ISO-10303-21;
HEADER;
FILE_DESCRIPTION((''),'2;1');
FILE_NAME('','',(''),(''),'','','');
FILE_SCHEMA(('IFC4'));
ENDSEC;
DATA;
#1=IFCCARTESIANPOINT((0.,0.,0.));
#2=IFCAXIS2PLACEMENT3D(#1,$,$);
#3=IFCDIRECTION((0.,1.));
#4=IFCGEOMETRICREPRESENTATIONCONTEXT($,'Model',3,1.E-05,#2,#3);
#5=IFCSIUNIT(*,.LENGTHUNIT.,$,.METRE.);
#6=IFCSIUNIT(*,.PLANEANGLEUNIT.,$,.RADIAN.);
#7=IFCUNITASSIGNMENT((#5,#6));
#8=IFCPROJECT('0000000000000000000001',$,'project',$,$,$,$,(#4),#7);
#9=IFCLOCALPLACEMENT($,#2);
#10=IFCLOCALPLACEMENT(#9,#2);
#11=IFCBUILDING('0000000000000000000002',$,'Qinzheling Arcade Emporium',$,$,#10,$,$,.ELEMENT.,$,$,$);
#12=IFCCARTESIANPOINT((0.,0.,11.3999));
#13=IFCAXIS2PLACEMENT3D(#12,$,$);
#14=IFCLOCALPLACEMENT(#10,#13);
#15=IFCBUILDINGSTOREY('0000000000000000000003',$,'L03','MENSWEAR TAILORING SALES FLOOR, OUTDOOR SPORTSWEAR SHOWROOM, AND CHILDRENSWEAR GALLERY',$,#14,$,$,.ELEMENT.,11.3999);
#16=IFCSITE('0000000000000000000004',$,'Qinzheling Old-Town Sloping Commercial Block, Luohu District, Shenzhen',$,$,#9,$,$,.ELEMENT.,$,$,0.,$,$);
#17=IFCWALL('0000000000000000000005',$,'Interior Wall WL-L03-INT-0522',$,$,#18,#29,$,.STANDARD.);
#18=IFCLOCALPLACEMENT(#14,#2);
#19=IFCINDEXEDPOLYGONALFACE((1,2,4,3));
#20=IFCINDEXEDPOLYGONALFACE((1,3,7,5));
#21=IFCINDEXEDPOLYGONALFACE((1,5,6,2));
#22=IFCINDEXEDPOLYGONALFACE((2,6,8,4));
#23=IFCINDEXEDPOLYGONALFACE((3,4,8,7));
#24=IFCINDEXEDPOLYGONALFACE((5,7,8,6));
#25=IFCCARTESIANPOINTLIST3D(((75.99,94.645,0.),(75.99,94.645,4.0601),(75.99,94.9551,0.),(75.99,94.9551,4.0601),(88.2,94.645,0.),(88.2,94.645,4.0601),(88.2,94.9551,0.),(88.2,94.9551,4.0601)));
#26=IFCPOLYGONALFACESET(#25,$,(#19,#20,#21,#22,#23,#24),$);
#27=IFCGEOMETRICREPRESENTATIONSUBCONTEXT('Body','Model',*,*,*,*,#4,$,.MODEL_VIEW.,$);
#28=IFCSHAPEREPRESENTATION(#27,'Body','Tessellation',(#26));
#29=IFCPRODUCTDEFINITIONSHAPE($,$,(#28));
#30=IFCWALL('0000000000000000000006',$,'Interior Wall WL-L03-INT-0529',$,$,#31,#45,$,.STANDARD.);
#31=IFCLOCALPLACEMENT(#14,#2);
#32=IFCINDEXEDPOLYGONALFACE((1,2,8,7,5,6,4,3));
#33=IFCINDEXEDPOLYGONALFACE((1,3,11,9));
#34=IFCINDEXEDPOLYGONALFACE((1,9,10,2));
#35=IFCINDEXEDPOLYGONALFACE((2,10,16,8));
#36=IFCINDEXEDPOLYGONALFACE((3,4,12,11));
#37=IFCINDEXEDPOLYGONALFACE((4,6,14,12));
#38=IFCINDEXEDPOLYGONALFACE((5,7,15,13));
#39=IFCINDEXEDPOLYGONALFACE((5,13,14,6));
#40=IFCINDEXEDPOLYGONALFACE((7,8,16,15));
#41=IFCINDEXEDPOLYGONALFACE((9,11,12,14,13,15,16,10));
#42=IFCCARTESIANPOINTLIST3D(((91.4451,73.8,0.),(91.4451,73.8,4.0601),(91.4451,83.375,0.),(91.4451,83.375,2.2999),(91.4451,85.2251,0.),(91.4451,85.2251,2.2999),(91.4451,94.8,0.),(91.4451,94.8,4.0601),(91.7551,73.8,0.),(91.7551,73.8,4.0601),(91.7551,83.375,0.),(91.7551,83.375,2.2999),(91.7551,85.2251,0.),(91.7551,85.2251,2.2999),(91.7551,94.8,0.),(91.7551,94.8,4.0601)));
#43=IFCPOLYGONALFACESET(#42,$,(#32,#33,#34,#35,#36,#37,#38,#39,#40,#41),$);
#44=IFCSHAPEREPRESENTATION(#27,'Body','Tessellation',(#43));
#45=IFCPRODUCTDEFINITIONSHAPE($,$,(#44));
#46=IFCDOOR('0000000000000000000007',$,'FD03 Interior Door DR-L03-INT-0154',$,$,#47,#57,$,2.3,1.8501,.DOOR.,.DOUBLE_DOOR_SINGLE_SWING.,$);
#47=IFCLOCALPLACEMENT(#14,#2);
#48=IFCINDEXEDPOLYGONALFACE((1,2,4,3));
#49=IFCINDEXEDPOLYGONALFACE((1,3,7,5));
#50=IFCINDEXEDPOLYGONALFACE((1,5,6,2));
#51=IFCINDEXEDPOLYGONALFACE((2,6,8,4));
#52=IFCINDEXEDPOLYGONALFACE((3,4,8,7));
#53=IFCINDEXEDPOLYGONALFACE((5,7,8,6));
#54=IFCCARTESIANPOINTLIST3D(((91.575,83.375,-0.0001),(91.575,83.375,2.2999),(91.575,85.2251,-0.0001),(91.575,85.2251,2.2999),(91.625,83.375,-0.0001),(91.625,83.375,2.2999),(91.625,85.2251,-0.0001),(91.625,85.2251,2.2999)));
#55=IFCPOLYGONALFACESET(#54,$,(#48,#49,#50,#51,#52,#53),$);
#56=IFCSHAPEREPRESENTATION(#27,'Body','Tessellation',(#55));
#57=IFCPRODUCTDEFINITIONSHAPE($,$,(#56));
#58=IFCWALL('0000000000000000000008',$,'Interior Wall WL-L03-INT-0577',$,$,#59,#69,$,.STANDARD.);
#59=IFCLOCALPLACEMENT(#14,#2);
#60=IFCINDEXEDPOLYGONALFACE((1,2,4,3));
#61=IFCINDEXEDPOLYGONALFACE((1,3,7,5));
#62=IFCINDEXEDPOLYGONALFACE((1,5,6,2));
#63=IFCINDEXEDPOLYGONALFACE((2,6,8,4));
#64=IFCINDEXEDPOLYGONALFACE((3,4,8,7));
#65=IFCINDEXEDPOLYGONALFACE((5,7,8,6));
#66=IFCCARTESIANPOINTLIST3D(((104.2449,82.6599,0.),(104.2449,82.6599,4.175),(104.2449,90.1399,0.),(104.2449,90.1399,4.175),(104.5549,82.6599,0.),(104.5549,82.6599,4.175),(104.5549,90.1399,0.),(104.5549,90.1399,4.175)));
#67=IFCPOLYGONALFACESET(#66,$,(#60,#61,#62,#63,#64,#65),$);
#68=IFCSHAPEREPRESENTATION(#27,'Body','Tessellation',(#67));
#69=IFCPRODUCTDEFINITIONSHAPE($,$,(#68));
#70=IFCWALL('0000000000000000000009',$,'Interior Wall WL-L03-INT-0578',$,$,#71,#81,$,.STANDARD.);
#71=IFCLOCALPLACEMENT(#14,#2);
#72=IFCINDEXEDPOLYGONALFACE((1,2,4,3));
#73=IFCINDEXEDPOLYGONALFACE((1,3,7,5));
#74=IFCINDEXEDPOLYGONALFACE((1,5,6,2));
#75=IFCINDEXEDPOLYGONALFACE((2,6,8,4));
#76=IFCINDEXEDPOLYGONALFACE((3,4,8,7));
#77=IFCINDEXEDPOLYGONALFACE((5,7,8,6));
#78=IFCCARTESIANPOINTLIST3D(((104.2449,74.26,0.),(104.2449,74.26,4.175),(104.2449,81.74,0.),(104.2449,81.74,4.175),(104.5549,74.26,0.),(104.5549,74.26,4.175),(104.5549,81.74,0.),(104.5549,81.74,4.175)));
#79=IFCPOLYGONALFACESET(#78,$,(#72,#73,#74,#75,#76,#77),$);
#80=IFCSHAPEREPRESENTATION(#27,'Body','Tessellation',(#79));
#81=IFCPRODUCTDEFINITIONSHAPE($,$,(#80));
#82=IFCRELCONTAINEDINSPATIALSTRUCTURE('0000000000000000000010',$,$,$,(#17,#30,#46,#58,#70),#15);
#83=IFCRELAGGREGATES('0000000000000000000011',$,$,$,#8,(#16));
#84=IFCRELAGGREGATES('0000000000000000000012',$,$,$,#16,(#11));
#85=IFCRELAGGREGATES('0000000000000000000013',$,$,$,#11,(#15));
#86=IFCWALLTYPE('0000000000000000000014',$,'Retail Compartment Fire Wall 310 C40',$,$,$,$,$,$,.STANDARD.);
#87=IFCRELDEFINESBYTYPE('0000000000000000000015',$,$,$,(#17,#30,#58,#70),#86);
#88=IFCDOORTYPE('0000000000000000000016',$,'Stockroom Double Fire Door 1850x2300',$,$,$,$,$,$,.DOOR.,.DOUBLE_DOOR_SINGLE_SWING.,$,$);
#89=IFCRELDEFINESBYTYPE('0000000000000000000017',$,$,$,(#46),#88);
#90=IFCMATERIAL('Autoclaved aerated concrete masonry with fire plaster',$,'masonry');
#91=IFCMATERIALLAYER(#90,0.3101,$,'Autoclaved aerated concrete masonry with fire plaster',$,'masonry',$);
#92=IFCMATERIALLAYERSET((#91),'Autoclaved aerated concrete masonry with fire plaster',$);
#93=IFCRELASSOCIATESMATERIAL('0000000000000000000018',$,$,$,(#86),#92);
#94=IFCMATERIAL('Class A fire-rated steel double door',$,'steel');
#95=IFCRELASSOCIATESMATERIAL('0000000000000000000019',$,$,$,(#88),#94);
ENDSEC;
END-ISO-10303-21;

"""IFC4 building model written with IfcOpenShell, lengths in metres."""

from ifc_helpers import new_model, si_unit, direction, frame, frame_2d, origin, place, context, subcontext, project, spatial, rectangle, extrude, material, layer, layer_set, type_object, element, fill, save


model = new_model("IFC4")

# Units and contexts
model_context = context("Model", 3, precision=1e-05, world=origin(), true_north=direction((0.0, 1.0)))
body_context = subcontext(model_context, "Body", "Model", "MODEL_VIEW")
ifc_project = project(units=[si_unit("LENGTHUNIT", "METRE"), si_unit("PLANEANGLEUNIT", "RADIAN")], contexts=[model_context])

# Site, building, storey
site_placement = place(None, origin())
site = spatial("IfcSite", under=ifc_project, at=site_placement, Name="Qinzheling Old-Town Sloping Commercial Block, Luohu District, Shenzhen", CompositionType="ELEMENT", RefElevation=0.0)
building_placement = place(site_placement, origin())
building = spatial("IfcBuilding", under=site, at=building_placement, Name="Qinzheling Arcade Emporium", CompositionType="ELEMENT")
storey_placement = place(building_placement, frame((0.0, 0.0, 11.3999)))
storey = spatial("IfcBuildingStorey", under=building, at=storey_placement, Name="L03", Description="MENSWEAR TAILORING SALES FLOOR, OUTDOOR SPORTSWEAR SHOWROOM, AND CHILDRENSWEAR GALLERY", CompositionType="ELEMENT", Elevation=11.3999)

# Wall
ifc_material_1 = material(Name="Autoclaved aerated concrete masonry with fire plaster", Category="masonry")
ifc_layer_1 = layer(ifc_material_1, 0.3101, Name="Autoclaved aerated concrete masonry with fire plaster", Category="masonry")
ifc_layer_set_1 = layer_set([ifc_layer_1], Name="Autoclaved aerated concrete masonry with fire plaster")
wall_type_1 = type_object("IfcWallType", Name="Retail Compartment Fire Wall 310 C40", PredefinedType="STANDARD", material=ifc_layer_set_1)
wall_1_placement = place(storey_placement, frame((88.2, 94.8, 0.0), z_axis=(0.0, 0.0, 1.0), x_axis=(-1.0, 0.0, 0.0)))
element("IfcWall", 1, at=wall_1_placement, inside=storey, type_object=wall_type_1, Name="Interior Wall WL-L03-INT-0522", PredefinedType="STANDARD", context=body_context, shape_type="SweptSolid", body=[
    extrude(rectangle(XDim=12.21, YDim=0.3101, at=frame_2d((6.105, 0.0))), origin(), (0.0, 0.0, 1.0), 4.0601),
])

# Wall, opening, door
wall_2_placement = place(storey_placement, frame((91.6001, 94.8, 0.0), z_axis=(0.0, 0.0, 1.0), x_axis=(0.0, -1.0, 0.0)))
wall_2 = element("IfcWall", 2, at=wall_2_placement, inside=storey, type_object=wall_type_1, Name="Interior Wall WL-L03-INT-0529", PredefinedType="STANDARD", context=body_context, shape_type="SweptSolid", body=[
    extrude(rectangle(XDim=21.0, YDim=0.3101, at=frame_2d((10.5, 0.0))), origin(), (0.0, 0.0, 1.0), 4.0601),
])
opening_1_placement = place(wall_2_placement, frame((9.575, 0.0, 0.0)))
opening_1 = element("IfcOpeningElement", 3, at=opening_1_placement, cuts=wall_2, PredefinedType="OPENING", context=body_context, shape_type="SweptSolid", body=[
    extrude(rectangle(XDim=1.8501, YDim=2.3, at=frame_2d((0.925, 1.1499))), frame((0.0, 0.165, 0.0), z_axis=(0.0, -1.0, 0.0), x_axis=(1.0, 0.0, 0.0)), (0.0, 0.0, 1.0), 0.3301),
])
ifc_material_2 = material(Name="Class A fire-rated steel double door", Category="steel")
door_type_1 = type_object("IfcDoorType", Name="Stockroom Double Fire Door 1850x2300", OperationType="DOUBLE_DOOR_SINGLE_SWING", PredefinedType="DOOR", material=ifc_material_2)
door_1_placement = place(opening_1_placement, origin())
door_1 = element("IfcDoor", 4, at=door_1_placement, inside=storey, type_object=door_type_1, Name="FD03 Interior Door DR-L03-INT-0154", OperationType="DOUBLE_DOOR_SINGLE_SWING", OverallHeight=2.3, OverallWidth=1.8501, PredefinedType="DOOR", context=body_context, shape_type="SweptSolid", body=[
    extrude(rectangle(XDim=1.8501, YDim=2.3, at=frame_2d((0.925, 1.1499))), frame((0.0, 0.0249, 0.0), z_axis=(0.0, -1.0, 0.0), x_axis=(1.0, 0.0, 0.0)), (0.0, 0.0, 1.0), 0.05),
])
fill(opening_1, door_1)

# Walls
for number, where, z_axis, x_axis, name in (
    (5, (104.3999, 90.1399, 0.0), (0.0, 0.0, 1.0), (0.0, -1.0, 0.0), "Interior Wall WL-L03-INT-0577"),
    (6, (104.3999, 81.74, 0.0), (0.0, 0.0, 1.0), (0.0, -1.0, 0.0), "Interior Wall WL-L03-INT-0578"),
):
    element("IfcWall", number, at=place(storey_placement, frame(where, z_axis=z_axis, x_axis=x_axis)), inside=storey, type_object=wall_type_1, Name=name, PredefinedType="STANDARD", context=body_context, shape_type="SweptSolid", body=[
        extrude(rectangle(XDim=7.48, YDim=0.3101, at=frame_2d((3.74, 0.0))), origin(), (0.0, 0.0, 1.0), 4.175),
    ])

save(model, "model.ifc")
